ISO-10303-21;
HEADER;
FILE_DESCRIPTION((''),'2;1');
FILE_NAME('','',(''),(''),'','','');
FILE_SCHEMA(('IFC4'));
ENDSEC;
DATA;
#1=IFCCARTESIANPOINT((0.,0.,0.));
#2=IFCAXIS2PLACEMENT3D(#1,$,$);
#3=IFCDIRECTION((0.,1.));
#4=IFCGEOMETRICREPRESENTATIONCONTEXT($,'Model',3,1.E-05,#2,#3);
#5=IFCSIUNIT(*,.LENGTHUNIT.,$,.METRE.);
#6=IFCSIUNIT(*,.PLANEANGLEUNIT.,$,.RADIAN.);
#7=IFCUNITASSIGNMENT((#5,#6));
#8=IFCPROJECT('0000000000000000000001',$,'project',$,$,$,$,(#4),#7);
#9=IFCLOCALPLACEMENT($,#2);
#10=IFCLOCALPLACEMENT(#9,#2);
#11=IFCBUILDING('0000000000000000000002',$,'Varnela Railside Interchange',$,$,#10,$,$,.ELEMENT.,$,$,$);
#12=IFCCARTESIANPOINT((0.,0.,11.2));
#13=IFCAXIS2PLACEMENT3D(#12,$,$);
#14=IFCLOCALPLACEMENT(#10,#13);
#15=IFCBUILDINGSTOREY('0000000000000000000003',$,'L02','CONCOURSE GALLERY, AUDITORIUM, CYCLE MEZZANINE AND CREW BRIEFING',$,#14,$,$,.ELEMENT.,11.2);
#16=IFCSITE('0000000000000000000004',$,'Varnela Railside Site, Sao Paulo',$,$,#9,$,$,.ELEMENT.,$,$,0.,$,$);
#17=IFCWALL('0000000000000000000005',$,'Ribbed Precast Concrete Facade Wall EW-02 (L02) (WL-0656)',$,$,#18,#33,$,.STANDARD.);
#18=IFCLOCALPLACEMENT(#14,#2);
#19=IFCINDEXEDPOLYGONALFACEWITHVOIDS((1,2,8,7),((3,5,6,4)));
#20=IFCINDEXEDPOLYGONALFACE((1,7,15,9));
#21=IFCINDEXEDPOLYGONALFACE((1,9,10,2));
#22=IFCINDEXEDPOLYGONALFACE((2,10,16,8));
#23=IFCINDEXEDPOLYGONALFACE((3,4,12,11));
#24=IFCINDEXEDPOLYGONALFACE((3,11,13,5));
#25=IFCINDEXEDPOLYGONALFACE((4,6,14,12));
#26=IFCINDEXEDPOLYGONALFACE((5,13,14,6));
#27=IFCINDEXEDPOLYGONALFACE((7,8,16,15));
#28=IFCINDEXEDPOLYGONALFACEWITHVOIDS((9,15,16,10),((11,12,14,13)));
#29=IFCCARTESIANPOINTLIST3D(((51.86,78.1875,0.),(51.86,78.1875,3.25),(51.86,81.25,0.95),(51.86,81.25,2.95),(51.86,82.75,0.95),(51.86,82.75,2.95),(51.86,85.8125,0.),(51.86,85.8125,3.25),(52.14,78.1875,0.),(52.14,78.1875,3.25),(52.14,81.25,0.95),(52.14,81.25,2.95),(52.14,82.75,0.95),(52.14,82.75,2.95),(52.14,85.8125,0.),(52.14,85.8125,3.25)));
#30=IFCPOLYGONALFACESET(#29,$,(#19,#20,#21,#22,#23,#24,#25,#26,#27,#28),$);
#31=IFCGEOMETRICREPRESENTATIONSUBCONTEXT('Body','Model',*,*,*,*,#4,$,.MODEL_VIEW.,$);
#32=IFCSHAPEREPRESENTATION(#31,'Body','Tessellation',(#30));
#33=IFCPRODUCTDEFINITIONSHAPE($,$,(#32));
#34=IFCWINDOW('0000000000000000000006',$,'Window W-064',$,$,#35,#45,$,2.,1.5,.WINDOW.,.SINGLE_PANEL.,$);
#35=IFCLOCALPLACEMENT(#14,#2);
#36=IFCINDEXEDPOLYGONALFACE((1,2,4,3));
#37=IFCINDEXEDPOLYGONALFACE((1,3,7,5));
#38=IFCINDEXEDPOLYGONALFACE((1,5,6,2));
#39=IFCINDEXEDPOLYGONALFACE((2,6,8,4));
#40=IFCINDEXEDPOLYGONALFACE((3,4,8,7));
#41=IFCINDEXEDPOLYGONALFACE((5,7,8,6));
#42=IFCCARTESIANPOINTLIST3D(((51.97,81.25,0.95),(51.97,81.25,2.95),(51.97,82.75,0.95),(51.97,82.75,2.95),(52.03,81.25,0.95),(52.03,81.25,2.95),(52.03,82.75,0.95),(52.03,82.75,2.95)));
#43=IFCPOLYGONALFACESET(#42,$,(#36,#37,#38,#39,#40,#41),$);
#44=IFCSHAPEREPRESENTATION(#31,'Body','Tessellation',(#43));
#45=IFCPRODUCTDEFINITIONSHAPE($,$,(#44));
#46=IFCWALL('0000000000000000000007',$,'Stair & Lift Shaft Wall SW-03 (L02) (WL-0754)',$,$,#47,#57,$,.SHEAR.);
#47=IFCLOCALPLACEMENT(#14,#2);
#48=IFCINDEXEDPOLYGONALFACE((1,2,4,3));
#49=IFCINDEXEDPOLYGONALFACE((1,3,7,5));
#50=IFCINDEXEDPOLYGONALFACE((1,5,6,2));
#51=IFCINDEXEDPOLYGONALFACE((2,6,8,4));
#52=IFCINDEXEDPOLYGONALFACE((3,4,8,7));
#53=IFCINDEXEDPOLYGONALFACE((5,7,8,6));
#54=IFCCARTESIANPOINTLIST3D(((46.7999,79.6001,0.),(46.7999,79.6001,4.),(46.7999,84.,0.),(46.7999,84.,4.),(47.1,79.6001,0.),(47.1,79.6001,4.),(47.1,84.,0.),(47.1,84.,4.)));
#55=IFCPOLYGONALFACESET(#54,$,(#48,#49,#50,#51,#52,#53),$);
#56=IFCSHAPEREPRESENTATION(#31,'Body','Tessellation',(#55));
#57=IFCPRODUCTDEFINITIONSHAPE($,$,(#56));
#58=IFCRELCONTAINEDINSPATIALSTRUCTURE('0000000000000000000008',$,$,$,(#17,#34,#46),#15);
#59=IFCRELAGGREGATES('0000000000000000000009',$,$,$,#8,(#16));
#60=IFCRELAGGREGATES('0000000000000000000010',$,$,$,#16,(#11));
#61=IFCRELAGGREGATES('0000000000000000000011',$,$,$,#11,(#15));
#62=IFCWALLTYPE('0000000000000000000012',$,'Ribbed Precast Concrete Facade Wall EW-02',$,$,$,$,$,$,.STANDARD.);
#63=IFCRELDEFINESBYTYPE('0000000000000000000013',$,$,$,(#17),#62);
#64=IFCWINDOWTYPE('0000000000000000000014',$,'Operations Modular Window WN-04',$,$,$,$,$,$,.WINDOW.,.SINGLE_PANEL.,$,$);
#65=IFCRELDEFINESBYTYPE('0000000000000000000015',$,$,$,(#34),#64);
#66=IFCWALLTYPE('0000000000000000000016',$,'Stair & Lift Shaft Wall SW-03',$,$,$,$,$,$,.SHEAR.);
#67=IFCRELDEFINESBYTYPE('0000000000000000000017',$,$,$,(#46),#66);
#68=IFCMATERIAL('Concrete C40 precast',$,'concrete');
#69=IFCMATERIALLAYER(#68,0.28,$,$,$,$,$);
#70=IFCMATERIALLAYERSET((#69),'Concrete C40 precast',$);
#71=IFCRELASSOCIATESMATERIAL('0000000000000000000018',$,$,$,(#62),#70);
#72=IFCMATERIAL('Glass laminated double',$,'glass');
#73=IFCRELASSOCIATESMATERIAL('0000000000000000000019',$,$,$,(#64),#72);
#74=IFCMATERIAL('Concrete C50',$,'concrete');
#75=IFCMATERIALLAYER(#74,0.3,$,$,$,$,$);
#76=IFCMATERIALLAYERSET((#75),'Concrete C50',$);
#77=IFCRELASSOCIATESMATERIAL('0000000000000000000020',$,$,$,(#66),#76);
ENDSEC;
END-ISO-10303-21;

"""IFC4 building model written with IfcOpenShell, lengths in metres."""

from ifc_helpers import new_model, si_unit, direction, frame, frame_2d, origin, place, context, subcontext, project, spatial, rectangle, extrude, material, layer, layer_set, type_object, element, fill, save


model = new_model("IFC4")

# Units and contexts
model_context = context("Model", 3, precision=1e-05, world=origin(), true_north=direction((0.0, 1.0)))
body_context = subcontext(model_context, "Body", "Model", "MODEL_VIEW")
ifc_project = project(units=[si_unit("LENGTHUNIT", "METRE"), si_unit("PLANEANGLEUNIT", "RADIAN")], contexts=[model_context])

# Site, building, storey
site_placement = place(None, origin())
site = spatial("IfcSite", under=ifc_project, at=site_placement, Name="Varnela Railside Site, Sao Paulo", CompositionType="ELEMENT", RefElevation=0.0)
building_placement = place(site_placement, origin())
building = spatial("IfcBuilding", under=site, at=building_placement, Name="Varnela Railside Interchange", CompositionType="ELEMENT")
storey_placement = place(building_placement, frame((0.0, 0.0, 11.2)))
storey = spatial("IfcBuildingStorey", under=building, at=storey_placement, Name="L02", Description="CONCOURSE GALLERY, AUDITORIUM, CYCLE MEZZANINE AND CREW BRIEFING", CompositionType="ELEMENT", Elevation=11.2)

# Shared definitions
ifc_material_1 = material(Name="Concrete C40 precast", Category="concrete")

# Shared definitions
ifc_material_2 = material(Name="Glass laminated double", Category="glass")

# Wall, opening, window
ifc_layer_1 = layer(ifc_material_1, 0.28)
ifc_layer_set_1 = layer_set([ifc_layer_1], Name="Concrete C40 precast")
wall_type_1 = type_object("IfcWallType", Name="Ribbed Precast Concrete Facade Wall EW-02", PredefinedType="STANDARD", material=ifc_layer_set_1)
wall_1_placement = place(storey_placement, frame((52.0, 85.8125, 0.0), z_axis=(0.0, 0.0, 1.0), x_axis=(0.0, -1.0, 0.0)))
wall_1 = element("IfcWall", 1, at=wall_1_placement, inside=storey, type_object=wall_type_1, Name="Ribbed Precast Concrete Facade Wall EW-02 (L02) (WL-0656)", PredefinedType="STANDARD", context=body_context, shape_type="SweptSolid", body=[
    extrude(rectangle(XDim=7.625, YDim=0.28, at=frame_2d((3.8125, 0.0))), origin(), (0.0, 0.0, 1.0), 3.25),
])
opening_placement = place(wall_1_placement, frame((3.0625, 0.0, 0.95)))
opening = element("IfcOpeningElement", 2, at=opening_placement, cuts=wall_1, PredefinedType="OPENING", context=body_context, shape_type="SweptSolid", body=[
    extrude(rectangle(XDim=1.5, YDim=2.0, at=frame_2d((0.75, 1.0))), frame((0.0, 0.1499, 0.0), z_axis=(0.0, -1.0, 0.0), x_axis=(1.0, 0.0, 0.0)), (0.0, 0.0, 1.0), 0.3),
])
window_type = type_object("IfcWindowType", Name="Operations Modular Window WN-04", PartitioningType="SINGLE_PANEL", PredefinedType="WINDOW", material=ifc_material_2)
window_placement = place(opening_placement, origin())
window = element("IfcWindow", 3, at=window_placement, inside=storey, type_object=window_type, Name="Window W-064", OverallHeight=2.0, OverallWidth=1.5, PartitioningType="SINGLE_PANEL", PredefinedType="WINDOW", context=body_context, shape_type="SweptSolid", body=[
    extrude(rectangle(XDim=1.5, YDim=2.0, at=frame_2d((0.75, 1.0))), frame((0.0, 0.03, 0.0), z_axis=(0.0, -1.0, 0.0), x_axis=(1.0, 0.0, 0.0)), (0.0, 0.0, 1.0), 0.0601),
])
fill(opening, window)

# Wall
ifc_material_3 = material(Name="Concrete C50", Category="concrete")
ifc_layer_2 = layer(ifc_material_3, 0.3)
ifc_layer_set_2 = layer_set([ifc_layer_2], Name="Concrete C50")
wall_type_2 = type_object("IfcWallType", Name="Stair & Lift Shaft Wall SW-03", PredefinedType="SHEAR", material=ifc_layer_set_2)
wall_2_placement = place(storey_placement, frame((46.95, 79.6001, 0.0), z_axis=(0.0, 0.0, 1.0), x_axis=(0.0, 1.0, 0.0)))
element("IfcWall", 4, at=wall_2_placement, inside=storey, type_object=wall_type_2, Name="Stair & Lift Shaft Wall SW-03 (L02) (WL-0754)", PredefinedType="SHEAR", context=body_context, shape_type="SweptSolid", body=[
    extrude(rectangle(XDim=4.3999, YDim=0.3, at=frame_2d((2.2, 0.0))), origin(), (0.0, 0.0, 1.0), 4.0),
])

save(model, "model.ifc")
